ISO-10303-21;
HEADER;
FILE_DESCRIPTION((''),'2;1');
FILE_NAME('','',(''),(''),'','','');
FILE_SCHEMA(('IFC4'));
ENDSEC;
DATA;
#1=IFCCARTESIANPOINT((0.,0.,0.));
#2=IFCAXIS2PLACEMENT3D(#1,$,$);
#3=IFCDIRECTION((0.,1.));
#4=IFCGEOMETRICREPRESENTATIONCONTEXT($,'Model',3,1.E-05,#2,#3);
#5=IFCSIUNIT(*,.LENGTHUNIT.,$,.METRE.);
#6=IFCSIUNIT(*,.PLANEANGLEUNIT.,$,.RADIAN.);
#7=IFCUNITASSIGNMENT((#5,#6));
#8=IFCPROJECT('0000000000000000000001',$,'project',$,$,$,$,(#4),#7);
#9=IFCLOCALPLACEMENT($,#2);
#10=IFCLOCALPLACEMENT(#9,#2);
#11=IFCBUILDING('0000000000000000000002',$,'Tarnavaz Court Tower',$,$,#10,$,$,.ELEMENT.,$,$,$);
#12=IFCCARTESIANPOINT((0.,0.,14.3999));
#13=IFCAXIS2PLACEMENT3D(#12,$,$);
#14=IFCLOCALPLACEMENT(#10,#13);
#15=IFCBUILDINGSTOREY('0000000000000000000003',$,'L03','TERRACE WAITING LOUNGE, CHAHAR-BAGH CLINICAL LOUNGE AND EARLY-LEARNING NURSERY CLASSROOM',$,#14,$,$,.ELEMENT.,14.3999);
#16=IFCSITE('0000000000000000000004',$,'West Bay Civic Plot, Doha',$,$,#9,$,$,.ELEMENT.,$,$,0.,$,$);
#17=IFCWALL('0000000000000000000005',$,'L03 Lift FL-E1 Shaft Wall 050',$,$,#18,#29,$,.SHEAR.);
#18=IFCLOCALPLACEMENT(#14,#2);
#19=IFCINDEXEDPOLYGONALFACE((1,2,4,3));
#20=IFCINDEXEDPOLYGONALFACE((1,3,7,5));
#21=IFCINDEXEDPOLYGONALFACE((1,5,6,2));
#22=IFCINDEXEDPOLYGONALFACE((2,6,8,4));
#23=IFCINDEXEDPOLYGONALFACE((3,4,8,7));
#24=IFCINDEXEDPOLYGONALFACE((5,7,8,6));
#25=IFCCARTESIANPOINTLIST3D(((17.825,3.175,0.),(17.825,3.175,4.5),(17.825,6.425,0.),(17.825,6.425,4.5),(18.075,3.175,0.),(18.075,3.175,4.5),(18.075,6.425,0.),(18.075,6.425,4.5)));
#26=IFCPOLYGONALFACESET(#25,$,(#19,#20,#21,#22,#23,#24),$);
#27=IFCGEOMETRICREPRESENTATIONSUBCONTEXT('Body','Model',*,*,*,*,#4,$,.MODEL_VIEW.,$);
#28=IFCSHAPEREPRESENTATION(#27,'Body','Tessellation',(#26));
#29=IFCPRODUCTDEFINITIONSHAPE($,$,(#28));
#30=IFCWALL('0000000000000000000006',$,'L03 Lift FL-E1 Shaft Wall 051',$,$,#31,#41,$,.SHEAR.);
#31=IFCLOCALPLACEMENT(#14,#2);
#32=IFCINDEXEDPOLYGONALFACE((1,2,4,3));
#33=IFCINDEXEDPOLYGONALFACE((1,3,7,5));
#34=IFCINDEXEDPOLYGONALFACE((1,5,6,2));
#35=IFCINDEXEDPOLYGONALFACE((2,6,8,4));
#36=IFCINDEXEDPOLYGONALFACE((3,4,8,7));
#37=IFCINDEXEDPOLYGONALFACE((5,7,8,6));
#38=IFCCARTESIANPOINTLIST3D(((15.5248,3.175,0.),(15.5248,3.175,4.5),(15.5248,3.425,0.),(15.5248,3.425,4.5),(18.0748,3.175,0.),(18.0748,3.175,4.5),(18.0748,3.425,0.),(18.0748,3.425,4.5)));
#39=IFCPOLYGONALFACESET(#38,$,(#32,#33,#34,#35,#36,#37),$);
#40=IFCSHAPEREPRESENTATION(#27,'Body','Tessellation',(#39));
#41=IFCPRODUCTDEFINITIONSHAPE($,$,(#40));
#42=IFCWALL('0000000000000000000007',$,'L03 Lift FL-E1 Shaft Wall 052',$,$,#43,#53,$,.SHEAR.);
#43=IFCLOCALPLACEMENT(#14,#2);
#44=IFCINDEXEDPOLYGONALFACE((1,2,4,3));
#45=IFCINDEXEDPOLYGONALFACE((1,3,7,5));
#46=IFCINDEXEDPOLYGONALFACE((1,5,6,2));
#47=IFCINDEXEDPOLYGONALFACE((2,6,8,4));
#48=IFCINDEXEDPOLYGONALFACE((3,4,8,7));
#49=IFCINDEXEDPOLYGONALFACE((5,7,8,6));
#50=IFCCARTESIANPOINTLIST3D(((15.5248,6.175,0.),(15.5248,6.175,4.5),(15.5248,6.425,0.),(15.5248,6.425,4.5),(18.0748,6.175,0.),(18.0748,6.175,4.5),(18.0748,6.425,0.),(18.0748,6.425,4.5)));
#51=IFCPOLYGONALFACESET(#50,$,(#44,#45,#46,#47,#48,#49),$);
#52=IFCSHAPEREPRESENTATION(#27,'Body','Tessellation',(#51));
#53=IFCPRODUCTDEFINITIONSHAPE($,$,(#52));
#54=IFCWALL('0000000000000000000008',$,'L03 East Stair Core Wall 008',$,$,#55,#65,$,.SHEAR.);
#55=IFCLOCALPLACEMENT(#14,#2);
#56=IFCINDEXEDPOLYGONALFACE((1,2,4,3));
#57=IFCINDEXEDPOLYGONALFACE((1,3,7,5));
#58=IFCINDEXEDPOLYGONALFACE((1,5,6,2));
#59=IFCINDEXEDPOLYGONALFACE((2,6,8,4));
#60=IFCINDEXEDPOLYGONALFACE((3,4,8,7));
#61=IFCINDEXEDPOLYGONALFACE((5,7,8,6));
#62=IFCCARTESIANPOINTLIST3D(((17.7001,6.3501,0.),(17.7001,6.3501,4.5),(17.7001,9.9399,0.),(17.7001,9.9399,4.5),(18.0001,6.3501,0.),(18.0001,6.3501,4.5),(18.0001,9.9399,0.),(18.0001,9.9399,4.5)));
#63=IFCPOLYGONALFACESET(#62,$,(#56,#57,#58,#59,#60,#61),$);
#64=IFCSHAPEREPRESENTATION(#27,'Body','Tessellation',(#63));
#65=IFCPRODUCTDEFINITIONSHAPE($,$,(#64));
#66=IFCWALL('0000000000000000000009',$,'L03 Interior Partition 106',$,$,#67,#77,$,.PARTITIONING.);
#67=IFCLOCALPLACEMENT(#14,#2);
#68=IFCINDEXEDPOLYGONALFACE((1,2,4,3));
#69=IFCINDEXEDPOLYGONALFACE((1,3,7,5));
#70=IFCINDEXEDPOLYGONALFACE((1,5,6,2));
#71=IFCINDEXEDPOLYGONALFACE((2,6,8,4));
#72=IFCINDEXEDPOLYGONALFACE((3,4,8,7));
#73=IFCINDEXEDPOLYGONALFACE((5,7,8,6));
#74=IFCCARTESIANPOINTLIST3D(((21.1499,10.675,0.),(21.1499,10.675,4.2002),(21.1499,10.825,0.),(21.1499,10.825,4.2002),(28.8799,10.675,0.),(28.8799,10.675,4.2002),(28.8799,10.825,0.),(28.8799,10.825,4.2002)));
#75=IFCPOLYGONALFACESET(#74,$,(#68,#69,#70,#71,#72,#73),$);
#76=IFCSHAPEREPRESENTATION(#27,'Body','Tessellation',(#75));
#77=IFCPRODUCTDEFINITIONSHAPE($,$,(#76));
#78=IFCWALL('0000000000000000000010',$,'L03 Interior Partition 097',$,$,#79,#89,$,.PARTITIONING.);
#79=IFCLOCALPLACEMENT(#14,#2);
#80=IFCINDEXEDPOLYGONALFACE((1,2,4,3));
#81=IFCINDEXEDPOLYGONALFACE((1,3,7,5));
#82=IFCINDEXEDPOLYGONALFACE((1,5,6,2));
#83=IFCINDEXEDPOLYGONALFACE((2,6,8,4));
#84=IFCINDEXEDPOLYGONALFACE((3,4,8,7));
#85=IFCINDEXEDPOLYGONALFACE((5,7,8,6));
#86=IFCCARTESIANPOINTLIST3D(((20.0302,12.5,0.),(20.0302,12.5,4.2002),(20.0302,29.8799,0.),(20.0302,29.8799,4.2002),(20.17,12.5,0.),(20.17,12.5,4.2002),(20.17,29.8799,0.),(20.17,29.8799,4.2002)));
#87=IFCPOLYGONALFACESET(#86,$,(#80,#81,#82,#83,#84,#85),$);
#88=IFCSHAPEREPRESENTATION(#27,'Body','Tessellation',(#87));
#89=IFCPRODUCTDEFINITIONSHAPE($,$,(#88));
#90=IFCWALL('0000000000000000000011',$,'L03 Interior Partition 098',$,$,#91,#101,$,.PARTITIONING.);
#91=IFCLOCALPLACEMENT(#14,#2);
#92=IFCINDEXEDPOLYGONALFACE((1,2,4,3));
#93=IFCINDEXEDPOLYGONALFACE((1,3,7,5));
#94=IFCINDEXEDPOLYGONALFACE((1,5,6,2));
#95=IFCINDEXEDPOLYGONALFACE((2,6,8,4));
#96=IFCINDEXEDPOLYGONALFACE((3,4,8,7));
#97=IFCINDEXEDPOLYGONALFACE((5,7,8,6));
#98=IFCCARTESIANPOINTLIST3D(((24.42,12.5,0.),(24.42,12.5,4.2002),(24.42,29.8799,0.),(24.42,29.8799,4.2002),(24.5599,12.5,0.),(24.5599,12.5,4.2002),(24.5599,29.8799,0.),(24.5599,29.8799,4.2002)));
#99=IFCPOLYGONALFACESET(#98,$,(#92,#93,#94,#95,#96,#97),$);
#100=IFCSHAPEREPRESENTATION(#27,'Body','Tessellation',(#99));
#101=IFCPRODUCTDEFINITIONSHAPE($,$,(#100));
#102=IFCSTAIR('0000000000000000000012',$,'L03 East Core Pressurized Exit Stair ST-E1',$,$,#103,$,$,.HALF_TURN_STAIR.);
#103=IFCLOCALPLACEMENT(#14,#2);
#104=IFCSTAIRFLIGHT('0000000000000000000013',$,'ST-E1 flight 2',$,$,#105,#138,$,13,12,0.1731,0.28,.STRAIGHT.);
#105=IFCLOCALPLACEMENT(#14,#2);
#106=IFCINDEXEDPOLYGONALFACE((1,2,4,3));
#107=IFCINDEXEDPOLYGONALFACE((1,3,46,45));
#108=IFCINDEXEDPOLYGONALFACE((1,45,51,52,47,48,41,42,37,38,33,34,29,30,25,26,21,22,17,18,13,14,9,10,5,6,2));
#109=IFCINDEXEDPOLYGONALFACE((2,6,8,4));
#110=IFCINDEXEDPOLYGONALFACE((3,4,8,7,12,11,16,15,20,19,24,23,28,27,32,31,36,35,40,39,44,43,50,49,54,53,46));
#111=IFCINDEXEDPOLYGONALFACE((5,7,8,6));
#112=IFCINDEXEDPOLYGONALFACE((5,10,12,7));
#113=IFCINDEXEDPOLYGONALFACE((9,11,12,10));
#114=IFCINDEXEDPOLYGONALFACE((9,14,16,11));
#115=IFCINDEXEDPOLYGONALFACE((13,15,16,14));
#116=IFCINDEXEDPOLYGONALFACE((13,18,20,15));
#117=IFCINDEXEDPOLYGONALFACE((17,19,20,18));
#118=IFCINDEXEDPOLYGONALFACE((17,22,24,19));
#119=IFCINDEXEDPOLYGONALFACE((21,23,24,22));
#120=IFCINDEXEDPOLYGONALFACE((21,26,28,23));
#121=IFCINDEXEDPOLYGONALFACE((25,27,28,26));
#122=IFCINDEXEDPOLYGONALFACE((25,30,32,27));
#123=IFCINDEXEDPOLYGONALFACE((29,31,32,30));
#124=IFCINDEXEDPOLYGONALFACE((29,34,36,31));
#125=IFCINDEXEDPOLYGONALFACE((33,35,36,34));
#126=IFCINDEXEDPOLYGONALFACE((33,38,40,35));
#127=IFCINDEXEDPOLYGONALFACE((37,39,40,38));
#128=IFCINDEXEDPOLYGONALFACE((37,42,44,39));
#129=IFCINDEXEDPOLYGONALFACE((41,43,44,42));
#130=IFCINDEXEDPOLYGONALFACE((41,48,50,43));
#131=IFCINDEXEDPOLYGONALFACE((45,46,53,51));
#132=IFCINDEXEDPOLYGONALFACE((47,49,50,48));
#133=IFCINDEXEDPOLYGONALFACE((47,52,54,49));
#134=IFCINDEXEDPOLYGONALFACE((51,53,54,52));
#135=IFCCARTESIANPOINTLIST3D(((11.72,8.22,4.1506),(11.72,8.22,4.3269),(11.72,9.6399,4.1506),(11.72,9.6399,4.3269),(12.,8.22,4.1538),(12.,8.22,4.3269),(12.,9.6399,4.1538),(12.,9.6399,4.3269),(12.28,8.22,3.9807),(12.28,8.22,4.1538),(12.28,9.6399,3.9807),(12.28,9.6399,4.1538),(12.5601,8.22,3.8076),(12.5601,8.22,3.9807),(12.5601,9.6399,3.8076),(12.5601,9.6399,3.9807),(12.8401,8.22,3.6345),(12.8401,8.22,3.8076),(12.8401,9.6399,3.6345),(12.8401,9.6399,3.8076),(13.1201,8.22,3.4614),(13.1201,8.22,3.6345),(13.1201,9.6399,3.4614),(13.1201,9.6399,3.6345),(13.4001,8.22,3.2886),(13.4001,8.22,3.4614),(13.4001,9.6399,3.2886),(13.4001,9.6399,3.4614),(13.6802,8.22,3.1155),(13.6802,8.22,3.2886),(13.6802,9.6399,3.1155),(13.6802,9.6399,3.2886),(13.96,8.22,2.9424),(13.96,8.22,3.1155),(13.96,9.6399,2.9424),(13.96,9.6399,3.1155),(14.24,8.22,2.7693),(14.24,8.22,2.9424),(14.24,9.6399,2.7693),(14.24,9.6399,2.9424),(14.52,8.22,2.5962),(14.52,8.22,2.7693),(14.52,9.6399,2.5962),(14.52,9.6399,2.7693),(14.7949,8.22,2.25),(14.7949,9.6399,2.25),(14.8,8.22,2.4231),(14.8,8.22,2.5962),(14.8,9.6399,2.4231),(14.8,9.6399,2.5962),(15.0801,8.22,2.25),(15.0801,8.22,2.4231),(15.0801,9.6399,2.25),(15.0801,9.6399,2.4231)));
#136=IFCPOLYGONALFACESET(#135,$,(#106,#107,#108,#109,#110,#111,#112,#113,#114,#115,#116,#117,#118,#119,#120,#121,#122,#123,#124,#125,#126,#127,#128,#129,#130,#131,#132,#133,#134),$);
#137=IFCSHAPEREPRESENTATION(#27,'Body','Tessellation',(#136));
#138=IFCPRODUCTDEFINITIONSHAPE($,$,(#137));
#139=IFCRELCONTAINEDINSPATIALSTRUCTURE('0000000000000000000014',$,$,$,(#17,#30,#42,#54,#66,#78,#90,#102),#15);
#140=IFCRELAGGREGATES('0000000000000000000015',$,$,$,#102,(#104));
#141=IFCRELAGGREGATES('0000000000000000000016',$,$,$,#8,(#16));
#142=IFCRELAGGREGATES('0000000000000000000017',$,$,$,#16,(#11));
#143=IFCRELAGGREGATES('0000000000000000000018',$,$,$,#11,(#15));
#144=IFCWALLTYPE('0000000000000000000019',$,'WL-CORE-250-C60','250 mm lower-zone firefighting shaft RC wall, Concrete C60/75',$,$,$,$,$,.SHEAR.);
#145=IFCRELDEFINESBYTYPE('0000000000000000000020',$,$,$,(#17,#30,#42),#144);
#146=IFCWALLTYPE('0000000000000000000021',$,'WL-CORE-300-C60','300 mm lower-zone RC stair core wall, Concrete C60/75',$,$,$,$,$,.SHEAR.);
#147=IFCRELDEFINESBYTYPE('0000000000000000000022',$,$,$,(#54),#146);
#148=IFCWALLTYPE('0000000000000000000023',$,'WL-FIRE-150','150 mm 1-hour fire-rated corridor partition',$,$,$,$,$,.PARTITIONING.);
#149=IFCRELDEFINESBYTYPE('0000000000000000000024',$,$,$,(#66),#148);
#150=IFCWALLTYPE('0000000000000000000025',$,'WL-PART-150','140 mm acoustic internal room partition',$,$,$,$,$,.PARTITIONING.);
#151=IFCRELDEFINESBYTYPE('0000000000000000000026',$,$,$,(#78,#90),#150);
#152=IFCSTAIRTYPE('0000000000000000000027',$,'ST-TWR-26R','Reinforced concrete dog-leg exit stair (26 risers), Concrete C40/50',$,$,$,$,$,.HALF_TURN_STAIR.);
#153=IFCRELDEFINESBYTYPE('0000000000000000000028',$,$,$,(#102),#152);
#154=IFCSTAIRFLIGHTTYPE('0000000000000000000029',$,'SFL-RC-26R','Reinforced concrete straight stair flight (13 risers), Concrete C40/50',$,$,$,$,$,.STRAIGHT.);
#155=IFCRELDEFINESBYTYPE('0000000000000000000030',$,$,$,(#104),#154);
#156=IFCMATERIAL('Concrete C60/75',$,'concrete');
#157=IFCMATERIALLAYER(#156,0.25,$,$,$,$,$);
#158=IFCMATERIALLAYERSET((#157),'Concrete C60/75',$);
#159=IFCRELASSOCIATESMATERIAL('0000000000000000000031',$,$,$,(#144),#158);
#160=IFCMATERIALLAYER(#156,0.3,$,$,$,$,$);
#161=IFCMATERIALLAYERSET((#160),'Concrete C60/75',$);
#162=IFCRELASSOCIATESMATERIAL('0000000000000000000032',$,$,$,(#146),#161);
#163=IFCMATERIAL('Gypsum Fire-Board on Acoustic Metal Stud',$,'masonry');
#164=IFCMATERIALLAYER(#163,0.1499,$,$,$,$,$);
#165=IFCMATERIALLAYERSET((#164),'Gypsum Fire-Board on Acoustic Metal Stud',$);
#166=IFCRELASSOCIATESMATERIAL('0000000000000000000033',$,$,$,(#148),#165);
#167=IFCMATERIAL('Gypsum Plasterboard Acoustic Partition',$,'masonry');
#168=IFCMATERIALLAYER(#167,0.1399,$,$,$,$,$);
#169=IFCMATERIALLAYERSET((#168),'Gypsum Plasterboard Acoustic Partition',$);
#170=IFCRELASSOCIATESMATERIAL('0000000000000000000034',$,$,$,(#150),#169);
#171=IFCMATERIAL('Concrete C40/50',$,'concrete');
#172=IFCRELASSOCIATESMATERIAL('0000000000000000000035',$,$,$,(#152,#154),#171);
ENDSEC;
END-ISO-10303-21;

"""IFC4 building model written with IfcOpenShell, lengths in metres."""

from ifc_helpers import new_model, si_unit, direction, frame, frame_2d, origin, place, context, subcontext, project, spatial, polyline, rectangle, outline, extrude, material, layer, layer_set, type_object, element, aggregate, save


model = new_model("IFC4")

# Units and contexts
model_context = context("Model", 3, precision=1e-05, world=origin(), true_north=direction((0.0, 1.0)))
body_context = subcontext(model_context, "Body", "Model", "MODEL_VIEW")
ifc_project = project(units=[si_unit("LENGTHUNIT", "METRE"), si_unit("PLANEANGLEUNIT", "RADIAN")], contexts=[model_context])

# Site, building, storey
site_placement = place(None, origin())
site = spatial("IfcSite", under=ifc_project, at=site_placement, Name="West Bay Civic Plot, Doha", CompositionType="ELEMENT", RefElevation=0.0)
building_placement = place(site_placement, origin())
building = spatial("IfcBuilding", under=site, at=building_placement, Name="Tarnavaz Court Tower", CompositionType="ELEMENT")
storey_placement = place(building_placement, frame((0.0, 0.0, 14.3999)))
storey = spatial("IfcBuildingStorey", under=building, at=storey_placement, Name="L03", Description="TERRACE WAITING LOUNGE, CHAHAR-BAGH CLINICAL LOUNGE AND EARLY-LEARNING NURSERY CLASSROOM", CompositionType="ELEMENT", Elevation=14.3999)

# Shared definitions
ifc_material_1 = material(Name="Concrete C60/75", Category="concrete")

# Shared definitions
ifc_layer_1 = layer(ifc_material_1, 0.25)
ifc_layer_set_1 = layer_set([ifc_layer_1], Name="Concrete C60/75")
wall_type_1 = type_object("IfcWallType", Name="WL-CORE-250-C60", Description="250 mm lower-zone firefighting shaft RC wall, Concrete C60/75", PredefinedType="SHEAR", material=ifc_layer_set_1)

# Walls
wall_1_placement = place(storey_placement, frame((17.95, 3.175, 0.0), z_axis=(0.0, 0.0, 1.0), x_axis=(0.0, 1.0, 0.0)))
element("IfcWall", 1, at=wall_1_placement, inside=storey, type_object=wall_type_1, Name="L03 Lift FL-E1 Shaft Wall 050", PredefinedType="SHEAR", context=body_context, shape_type="SweptSolid", body=[
    extrude(rectangle(XDim=3.25, YDim=0.25, at=frame_2d((1.625, 0.0))), origin(), (0.0, 0.0, 1.0), 4.5),
])
for number, where, z_axis, x_axis, name in (
    (2, (15.5249, 3.3, 0.0), (0.0, 0.0, 1.0), (1.0, 0.0, 0.0), "L03 Lift FL-E1 Shaft Wall 051"),
    (3, (15.5249, 6.3, 0.0), (0.0, 0.0, 1.0), (1.0, 0.0, 0.0), "L03 Lift FL-E1 Shaft Wall 052"),
):
    element("IfcWall", number, at=place(storey_placement, frame(where, z_axis=z_axis, x_axis=x_axis)), inside=storey, type_object=wall_type_1, Name=name, PredefinedType="SHEAR", context=body_context, shape_type="SweptSolid", body=[
        extrude(rectangle(XDim=2.55, YDim=0.25, at=frame_2d((1.2749, 0.0))), origin(), (0.0, 0.0, 1.0), 4.5),
    ])
ifc_layer_2 = layer(ifc_material_1, 0.3)
ifc_layer_set_2 = layer_set([ifc_layer_2], Name="Concrete C60/75")
wall_type_2 = type_object("IfcWallType", Name="WL-CORE-300-C60", Description="300 mm lower-zone RC stair core wall, Concrete C60/75", PredefinedType="SHEAR", material=ifc_layer_set_2)
wall_2_placement = place(storey_placement, frame((17.8501, 6.3501, 0.0), z_axis=(0.0, 0.0, 1.0), x_axis=(0.0, 1.0, 0.0)))
element("IfcWall", 4, at=wall_2_placement, inside=storey, type_object=wall_type_2, Name="L03 East Stair Core Wall 008", PredefinedType="SHEAR", context=body_context, shape_type="SweptSolid", body=[
    extrude(rectangle(XDim=3.5898, YDim=0.3, at=frame_2d((1.7949, 0.0))), origin(), (0.0, 0.0, 1.0), 4.5),
])
ifc_material_2 = material(Name="Gypsum Fire-Board on Acoustic Metal Stud", Category="masonry")
ifc_layer_3 = layer(ifc_material_2, 0.1499)
ifc_layer_set_3 = layer_set([ifc_layer_3], Name="Gypsum Fire-Board on Acoustic Metal Stud")
wall_type_3 = type_object("IfcWallType", Name="WL-FIRE-150", Description="150 mm 1-hour fire-rated corridor partition", PredefinedType="PARTITIONING", material=ifc_layer_set_3)
wall_3_placement = place(storey_placement, frame((21.1499, 10.75, 0.0), z_axis=(0.0, 0.0, 1.0), x_axis=(1.0, 0.0, 0.0)))
element("IfcWall", 5, at=wall_3_placement, inside=storey, type_object=wall_type_3, Name="L03 Interior Partition 106", PredefinedType="PARTITIONING", context=body_context, shape_type="SweptSolid", body=[
    extrude(rectangle(XDim=7.73, YDim=0.1499, at=frame_2d((3.865, 0.0))), origin(), (0.0, 0.0, 1.0), 4.2002),
])
ifc_material_3 = material(Name="Gypsum Plasterboard Acoustic Partition", Category="masonry")
ifc_layer_4 = layer(ifc_material_3, 0.1399)
ifc_layer_set_4 = layer_set([ifc_layer_4], Name="Gypsum Plasterboard Acoustic Partition")
wall_type_4 = type_object("IfcWallType", Name="WL-PART-150", Description="140 mm acoustic internal room partition", PredefinedType="PARTITIONING", material=ifc_layer_set_4)
for number, where, z_axis, x_axis, name in (
    (6, (20.1001, 12.5, 0.0), (0.0, 0.0, 1.0), (0.0, 1.0, 0.0), "L03 Interior Partition 097"),
    (7, (24.49, 12.5, 0.0), (0.0, 0.0, 1.0), (0.0, 1.0, 0.0), "L03 Interior Partition 098"),
):
    element("IfcWall", number, at=place(storey_placement, frame(where, z_axis=z_axis, x_axis=x_axis)), inside=storey, type_object=wall_type_4, Name=name, PredefinedType="PARTITIONING", context=body_context, shape_type="SweptSolid", body=[
        extrude(rectangle(XDim=17.3799, YDim=0.1399, at=frame_2d((8.6899, 0.0))), origin(), (0.0, 0.0, 1.0), 4.2002),
    ])

# Stair, stair flight
ifc_material_4 = material(Name="Concrete C40/50", Category="concrete")
stair_type = type_object("IfcStairType", Name="ST-TWR-26R", Description="Reinforced concrete dog-leg exit stair (26 risers), Concrete C40/50", PredefinedType="HALF_TURN_STAIR", material=ifc_material_4)
stair_placement = place(storey_placement, origin())
stair = element("IfcStair", 8, at=stair_placement, inside=storey, type_object=stair_type, Name="L03 East Core Pressurized Exit Stair ST-E1", PredefinedType="HALF_TURN_STAIR")
stair_flight_type = type_object("IfcStairFlightType", Name="SFL-RC-26R", Description="Reinforced concrete straight stair flight (13 risers), Concrete C40/50", PredefinedType="STRAIGHT", material=ifc_material_4)
stair_flight_placement = place(storey_placement, frame((15.0801, 8.9299, 2.25), z_axis=(0.0, 0.0, 1.0), x_axis=(-1.0, 0.0, 0.0)))
stair_flight = element("IfcStairFlight", 9, at=stair_flight_placement, type_object=stair_flight_type, Name="ST-E1 flight 2", NumberOfRisers=13, NumberOfTreads=12, PredefinedType="STRAIGHT", RiserHeight=0.1731, TreadLength=0.28, context=body_context, shape_type="SweptSolid", body=[
    extrude(outline(polyline([(0.0, 0.0), (0.0, 0.1731), (0.28, 0.1731), (0.28, 0.3462), (0.5601, 0.3462), (0.5601, 0.5193), (0.8401, 0.5193), (0.8401, 0.6924), (1.1201, 0.6924), (1.1201, 0.8655), (1.3999, 0.8655), (1.3999, 1.0386), (1.6799, 1.0386), (1.6799, 1.2114), (1.96, 1.2114), (1.96, 1.3845), (2.24, 1.3845), (2.24, 1.5576), (2.52, 1.5576), (2.52, 1.7307), (2.8, 1.7307), (2.8, 1.9038), (3.0801, 1.9038), (3.0801, 2.0769), (3.3601, 2.0769), (3.3601, 2.25), (3.3601, 1.9006), (0.2852, 0.0), (0.0, 0.0)])), frame((0.0, 0.71, 0.0), z_axis=(0.0, -1.0, 0.0), x_axis=(1.0, 0.0, 0.0)), (0.0, 0.0, 1.0), 1.4199),
])
aggregate(stair, [stair_flight])

save(model, "model.ifc")
